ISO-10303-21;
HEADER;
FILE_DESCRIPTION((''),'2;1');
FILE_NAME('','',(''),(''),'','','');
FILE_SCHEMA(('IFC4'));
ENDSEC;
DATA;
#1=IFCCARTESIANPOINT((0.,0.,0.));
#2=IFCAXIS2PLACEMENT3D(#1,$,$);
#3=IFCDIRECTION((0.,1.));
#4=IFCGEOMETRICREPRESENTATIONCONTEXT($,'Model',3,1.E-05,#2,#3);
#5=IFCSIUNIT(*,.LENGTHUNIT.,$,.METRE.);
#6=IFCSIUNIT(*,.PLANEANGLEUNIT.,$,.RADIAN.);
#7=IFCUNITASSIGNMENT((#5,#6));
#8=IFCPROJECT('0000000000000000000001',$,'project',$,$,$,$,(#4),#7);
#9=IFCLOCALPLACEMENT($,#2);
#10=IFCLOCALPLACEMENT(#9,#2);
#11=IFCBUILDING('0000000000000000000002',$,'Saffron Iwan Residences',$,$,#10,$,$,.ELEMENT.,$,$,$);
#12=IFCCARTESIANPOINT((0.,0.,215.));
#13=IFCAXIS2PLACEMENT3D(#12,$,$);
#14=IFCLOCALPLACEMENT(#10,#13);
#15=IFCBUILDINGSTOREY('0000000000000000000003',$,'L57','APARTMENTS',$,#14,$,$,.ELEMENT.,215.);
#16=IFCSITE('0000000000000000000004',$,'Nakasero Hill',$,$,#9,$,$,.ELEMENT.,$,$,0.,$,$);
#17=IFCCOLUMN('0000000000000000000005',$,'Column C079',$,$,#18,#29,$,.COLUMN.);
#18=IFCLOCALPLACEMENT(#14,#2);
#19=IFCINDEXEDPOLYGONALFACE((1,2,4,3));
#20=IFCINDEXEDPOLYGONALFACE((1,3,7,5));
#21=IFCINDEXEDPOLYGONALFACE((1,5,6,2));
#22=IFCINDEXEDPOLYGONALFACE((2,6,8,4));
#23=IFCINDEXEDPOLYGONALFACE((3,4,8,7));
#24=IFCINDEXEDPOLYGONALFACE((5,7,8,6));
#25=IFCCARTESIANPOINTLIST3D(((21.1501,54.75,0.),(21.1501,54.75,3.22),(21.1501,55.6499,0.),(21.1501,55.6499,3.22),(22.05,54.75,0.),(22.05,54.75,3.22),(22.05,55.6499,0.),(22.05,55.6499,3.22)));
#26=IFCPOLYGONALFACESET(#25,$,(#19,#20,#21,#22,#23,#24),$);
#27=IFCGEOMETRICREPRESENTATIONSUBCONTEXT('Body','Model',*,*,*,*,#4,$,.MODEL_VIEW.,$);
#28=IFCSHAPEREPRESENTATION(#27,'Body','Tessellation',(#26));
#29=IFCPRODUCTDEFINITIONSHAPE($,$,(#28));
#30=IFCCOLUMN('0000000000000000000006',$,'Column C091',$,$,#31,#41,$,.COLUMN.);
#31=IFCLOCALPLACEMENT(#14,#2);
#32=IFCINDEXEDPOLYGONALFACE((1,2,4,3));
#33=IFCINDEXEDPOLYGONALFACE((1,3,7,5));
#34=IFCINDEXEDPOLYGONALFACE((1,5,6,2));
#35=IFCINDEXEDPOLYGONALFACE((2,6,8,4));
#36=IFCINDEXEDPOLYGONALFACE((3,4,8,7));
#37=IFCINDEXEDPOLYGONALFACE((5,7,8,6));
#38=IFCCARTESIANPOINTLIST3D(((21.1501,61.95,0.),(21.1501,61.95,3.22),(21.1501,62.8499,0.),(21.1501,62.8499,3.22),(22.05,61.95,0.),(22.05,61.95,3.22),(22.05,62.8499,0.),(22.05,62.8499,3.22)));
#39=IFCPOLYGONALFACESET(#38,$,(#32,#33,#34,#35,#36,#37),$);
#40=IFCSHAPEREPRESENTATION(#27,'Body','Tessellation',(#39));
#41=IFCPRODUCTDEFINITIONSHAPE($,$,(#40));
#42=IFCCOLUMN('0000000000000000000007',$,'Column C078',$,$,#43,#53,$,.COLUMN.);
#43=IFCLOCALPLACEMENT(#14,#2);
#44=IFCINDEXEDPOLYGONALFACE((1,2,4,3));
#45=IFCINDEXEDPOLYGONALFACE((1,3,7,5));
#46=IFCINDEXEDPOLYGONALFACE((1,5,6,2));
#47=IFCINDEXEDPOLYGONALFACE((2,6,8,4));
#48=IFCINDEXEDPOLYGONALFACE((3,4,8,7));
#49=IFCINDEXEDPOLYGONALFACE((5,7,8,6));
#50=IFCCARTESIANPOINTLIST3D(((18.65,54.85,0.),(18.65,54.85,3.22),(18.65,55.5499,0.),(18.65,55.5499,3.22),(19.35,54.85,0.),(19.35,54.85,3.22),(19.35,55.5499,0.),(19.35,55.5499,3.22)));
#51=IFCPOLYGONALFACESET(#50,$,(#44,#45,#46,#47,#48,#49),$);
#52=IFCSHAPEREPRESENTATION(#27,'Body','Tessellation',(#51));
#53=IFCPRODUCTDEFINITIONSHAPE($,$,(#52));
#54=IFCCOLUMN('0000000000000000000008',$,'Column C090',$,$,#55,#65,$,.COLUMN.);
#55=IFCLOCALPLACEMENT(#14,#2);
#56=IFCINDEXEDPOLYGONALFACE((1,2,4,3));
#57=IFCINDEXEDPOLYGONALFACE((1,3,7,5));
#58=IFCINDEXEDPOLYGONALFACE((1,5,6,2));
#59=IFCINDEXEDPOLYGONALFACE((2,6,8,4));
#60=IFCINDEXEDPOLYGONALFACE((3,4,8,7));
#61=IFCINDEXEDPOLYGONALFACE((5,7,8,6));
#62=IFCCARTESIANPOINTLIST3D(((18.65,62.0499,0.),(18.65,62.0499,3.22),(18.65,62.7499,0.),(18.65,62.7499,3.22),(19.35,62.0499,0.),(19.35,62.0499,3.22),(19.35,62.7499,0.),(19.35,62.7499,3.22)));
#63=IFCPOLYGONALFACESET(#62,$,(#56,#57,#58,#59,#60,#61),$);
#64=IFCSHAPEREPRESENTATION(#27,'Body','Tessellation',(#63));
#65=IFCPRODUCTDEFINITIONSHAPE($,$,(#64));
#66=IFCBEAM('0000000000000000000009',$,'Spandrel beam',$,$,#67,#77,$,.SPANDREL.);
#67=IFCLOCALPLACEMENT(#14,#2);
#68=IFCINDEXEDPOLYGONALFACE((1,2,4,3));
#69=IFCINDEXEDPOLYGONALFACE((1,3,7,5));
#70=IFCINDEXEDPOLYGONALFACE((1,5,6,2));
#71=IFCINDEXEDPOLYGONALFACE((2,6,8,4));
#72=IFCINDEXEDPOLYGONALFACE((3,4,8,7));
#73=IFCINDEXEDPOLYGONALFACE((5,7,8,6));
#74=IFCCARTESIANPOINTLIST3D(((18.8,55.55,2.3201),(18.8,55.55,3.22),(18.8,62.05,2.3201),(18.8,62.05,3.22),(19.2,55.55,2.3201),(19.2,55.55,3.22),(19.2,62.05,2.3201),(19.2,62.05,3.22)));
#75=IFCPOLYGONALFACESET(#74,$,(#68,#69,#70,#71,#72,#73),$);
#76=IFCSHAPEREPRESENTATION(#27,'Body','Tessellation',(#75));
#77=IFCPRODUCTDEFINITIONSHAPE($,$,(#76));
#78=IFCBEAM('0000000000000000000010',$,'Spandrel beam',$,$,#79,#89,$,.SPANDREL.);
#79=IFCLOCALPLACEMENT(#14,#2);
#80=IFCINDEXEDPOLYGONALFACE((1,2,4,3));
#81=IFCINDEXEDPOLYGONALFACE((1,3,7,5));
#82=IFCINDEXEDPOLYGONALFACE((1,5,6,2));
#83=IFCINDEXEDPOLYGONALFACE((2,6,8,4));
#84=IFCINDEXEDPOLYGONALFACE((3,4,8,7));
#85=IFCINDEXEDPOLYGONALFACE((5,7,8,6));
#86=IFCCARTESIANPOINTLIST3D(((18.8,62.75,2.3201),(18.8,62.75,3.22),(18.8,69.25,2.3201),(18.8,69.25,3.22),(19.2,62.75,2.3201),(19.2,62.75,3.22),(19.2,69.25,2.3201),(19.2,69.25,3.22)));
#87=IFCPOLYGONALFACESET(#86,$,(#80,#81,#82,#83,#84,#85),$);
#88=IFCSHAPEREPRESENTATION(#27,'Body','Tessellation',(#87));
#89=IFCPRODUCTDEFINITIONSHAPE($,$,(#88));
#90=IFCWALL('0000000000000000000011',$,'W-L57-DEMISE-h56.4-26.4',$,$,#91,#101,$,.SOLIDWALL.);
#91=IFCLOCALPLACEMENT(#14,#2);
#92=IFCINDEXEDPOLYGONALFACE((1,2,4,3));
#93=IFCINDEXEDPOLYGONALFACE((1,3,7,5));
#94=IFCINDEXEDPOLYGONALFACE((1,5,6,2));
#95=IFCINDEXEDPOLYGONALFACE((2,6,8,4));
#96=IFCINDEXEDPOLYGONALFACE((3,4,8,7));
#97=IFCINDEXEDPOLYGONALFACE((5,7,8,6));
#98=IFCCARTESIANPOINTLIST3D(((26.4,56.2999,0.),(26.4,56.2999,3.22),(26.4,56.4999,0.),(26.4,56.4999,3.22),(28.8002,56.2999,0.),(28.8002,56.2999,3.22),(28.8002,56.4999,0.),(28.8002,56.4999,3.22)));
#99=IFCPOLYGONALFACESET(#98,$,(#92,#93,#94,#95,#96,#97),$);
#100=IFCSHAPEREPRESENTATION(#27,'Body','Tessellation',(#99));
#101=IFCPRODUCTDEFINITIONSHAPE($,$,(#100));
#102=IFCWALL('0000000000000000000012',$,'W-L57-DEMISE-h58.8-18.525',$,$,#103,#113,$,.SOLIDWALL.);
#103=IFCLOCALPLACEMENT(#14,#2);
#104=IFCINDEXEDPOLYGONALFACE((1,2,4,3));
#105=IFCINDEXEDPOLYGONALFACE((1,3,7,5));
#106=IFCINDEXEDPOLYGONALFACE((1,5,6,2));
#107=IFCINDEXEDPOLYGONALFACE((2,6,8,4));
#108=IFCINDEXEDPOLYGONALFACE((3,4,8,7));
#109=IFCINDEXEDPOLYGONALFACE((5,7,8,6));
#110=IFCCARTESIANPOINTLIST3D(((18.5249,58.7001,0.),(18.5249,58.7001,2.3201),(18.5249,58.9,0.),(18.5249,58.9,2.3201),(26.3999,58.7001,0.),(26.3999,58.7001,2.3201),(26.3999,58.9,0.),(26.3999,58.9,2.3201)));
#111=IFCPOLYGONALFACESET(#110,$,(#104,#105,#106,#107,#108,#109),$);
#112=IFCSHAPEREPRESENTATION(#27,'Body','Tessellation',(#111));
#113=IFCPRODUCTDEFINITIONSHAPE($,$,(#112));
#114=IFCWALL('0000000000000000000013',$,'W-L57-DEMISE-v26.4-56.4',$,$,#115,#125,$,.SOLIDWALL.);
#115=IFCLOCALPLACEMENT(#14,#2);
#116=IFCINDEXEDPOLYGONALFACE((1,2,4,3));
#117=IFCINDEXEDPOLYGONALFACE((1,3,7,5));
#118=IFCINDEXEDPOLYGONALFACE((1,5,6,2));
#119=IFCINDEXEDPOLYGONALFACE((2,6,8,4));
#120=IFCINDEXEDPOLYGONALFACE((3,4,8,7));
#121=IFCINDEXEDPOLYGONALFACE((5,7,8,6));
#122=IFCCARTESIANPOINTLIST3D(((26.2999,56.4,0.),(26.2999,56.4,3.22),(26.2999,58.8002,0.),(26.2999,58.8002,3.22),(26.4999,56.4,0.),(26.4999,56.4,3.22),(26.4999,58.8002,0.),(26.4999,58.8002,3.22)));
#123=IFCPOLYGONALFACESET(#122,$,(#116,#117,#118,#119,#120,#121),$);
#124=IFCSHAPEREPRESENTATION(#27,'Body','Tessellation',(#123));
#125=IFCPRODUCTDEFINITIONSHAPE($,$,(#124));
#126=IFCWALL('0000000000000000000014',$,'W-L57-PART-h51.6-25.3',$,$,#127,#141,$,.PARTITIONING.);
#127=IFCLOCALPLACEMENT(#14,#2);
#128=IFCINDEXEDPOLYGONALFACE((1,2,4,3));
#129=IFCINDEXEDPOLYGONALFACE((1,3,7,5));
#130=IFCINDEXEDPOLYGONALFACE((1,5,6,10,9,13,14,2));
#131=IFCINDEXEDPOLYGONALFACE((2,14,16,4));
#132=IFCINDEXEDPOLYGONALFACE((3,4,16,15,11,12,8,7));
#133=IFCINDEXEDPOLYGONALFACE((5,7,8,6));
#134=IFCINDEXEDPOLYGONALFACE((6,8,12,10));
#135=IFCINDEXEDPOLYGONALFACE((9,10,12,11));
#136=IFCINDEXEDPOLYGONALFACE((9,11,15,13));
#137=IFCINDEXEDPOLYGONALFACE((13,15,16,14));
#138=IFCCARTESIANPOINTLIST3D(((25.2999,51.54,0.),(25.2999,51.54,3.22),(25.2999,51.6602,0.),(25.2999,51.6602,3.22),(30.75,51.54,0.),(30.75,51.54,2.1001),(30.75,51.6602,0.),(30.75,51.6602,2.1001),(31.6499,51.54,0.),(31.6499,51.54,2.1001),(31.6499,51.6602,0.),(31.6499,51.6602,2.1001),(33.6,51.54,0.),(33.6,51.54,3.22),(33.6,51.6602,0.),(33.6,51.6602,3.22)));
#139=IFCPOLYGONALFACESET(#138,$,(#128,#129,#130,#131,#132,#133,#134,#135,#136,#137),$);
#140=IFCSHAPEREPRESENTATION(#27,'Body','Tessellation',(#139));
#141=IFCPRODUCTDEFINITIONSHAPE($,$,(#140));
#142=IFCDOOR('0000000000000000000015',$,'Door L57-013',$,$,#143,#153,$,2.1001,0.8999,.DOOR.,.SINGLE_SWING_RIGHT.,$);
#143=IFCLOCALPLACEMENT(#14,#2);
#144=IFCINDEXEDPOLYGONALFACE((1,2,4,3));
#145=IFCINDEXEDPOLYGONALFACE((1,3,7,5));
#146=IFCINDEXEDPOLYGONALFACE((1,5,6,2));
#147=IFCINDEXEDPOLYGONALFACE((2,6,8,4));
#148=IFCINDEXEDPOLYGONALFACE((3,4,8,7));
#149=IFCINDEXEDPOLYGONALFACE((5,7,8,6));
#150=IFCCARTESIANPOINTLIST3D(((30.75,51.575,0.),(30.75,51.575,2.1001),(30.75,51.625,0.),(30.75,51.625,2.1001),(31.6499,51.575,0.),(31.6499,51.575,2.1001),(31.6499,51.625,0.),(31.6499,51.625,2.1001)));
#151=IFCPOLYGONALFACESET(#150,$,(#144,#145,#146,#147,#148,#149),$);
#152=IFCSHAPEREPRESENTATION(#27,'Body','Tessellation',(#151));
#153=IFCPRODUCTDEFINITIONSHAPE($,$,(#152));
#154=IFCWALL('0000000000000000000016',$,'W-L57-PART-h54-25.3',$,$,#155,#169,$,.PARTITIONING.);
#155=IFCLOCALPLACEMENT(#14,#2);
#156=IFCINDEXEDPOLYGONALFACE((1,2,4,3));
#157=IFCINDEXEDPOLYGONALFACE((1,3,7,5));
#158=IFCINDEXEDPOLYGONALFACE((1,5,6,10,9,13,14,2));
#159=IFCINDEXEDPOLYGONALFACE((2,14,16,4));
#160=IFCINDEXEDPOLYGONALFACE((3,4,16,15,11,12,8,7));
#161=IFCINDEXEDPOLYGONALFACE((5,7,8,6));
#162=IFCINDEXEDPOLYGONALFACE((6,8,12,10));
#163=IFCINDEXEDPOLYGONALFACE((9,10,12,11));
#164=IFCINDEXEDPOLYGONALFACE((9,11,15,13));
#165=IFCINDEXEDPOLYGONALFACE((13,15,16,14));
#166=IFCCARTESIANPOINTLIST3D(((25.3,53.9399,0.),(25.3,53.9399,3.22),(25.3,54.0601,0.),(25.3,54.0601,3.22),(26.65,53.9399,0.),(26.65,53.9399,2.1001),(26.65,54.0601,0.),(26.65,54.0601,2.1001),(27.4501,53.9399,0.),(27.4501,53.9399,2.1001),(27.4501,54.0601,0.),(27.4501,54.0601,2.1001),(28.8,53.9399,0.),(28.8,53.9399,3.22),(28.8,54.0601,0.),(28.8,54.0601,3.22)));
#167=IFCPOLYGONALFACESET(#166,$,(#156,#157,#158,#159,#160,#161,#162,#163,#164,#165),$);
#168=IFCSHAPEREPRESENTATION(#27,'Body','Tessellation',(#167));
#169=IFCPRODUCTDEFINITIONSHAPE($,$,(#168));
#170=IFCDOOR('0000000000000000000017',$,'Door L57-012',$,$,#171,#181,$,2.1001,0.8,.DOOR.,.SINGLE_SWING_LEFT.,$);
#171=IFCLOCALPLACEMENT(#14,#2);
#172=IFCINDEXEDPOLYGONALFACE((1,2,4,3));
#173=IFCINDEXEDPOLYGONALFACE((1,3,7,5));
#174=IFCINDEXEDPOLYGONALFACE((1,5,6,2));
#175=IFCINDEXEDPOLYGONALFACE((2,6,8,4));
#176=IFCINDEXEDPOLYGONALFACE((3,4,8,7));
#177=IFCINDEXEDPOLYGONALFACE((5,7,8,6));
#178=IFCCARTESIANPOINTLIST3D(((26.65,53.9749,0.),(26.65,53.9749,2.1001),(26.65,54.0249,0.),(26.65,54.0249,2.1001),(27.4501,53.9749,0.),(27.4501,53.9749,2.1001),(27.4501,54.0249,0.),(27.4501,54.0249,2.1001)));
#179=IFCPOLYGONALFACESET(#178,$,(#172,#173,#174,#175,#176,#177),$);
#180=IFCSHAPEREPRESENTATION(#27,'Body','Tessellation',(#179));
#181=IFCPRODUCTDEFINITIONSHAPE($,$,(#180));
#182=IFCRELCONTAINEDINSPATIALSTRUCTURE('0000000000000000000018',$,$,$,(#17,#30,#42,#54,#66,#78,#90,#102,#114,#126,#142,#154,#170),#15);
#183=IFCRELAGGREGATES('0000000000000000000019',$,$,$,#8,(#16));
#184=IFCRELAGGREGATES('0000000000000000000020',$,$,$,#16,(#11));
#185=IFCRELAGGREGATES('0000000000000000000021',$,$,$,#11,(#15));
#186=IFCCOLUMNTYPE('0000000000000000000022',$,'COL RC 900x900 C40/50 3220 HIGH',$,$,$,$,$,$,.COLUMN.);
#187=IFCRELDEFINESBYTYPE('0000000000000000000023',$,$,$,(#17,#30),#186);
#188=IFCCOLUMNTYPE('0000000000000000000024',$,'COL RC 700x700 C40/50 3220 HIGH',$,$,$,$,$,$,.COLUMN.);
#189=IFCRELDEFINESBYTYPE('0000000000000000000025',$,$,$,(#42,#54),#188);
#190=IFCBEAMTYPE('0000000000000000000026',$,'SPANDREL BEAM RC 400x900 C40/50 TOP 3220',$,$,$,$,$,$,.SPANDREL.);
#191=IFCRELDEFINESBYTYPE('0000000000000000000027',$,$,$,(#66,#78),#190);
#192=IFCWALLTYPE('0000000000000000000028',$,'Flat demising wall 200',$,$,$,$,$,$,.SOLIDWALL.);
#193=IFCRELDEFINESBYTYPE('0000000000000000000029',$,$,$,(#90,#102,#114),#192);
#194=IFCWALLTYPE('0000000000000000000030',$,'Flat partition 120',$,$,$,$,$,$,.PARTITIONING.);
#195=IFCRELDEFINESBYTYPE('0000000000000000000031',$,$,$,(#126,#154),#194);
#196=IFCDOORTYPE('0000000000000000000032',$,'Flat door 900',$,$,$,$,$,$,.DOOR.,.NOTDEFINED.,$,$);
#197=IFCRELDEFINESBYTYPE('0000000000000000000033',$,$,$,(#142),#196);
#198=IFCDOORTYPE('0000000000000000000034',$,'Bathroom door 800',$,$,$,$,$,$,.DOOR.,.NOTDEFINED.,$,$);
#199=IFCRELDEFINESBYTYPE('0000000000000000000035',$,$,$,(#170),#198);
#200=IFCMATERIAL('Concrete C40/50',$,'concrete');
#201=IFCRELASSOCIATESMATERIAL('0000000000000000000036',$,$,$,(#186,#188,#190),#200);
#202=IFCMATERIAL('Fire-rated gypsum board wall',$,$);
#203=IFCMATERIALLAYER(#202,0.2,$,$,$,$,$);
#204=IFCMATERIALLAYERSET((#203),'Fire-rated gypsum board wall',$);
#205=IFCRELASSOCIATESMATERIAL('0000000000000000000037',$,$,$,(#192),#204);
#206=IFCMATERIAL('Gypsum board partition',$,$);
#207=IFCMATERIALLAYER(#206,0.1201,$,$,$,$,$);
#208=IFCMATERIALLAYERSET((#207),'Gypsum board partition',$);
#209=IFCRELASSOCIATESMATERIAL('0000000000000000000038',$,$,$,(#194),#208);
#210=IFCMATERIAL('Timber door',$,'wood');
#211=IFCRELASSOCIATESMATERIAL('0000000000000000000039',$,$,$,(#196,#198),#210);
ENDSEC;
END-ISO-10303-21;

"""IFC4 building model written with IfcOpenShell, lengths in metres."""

from ifc_helpers import new_model, si_unit, direction, frame, frame_2d, origin, origin_2d, place, context, subcontext, project, spatial, rectangle, extrude, source, transform, mapped, material, layer, layer_set, material_profile, profile_set, type_object, element, fill, save


model = new_model("IFC4")

# Units and contexts
model_context = context("Model", 3, precision=1e-05, world=origin(), true_north=direction((0.0, 1.0)))
body_context = subcontext(model_context, "Body", "Model", "MODEL_VIEW")
ifc_project = project(units=[si_unit("LENGTHUNIT", "METRE"), si_unit("PLANEANGLEUNIT", "RADIAN")], contexts=[model_context])

# Site, building, storey
site_placement = place(None, origin())
site = spatial("IfcSite", under=ifc_project, at=site_placement, Name="Nakasero Hill", CompositionType="ELEMENT", RefElevation=0.0)
building_placement = place(site_placement, origin())
building = spatial("IfcBuilding", under=site, at=building_placement, Name="Saffron Iwan Residences", CompositionType="ELEMENT")
storey_placement = place(building_placement, frame((0.0, 0.0, 215.0)))
storey = spatial("IfcBuildingStorey", under=building, at=storey_placement, Name="L57", Description="APARTMENTS", CompositionType="ELEMENT", Elevation=215.0)

# Columns
ifc_material_1 = material(Name="Concrete C40/50", Category="concrete")
ifc_material_profile_1 = material_profile(ifc_material_1, rectangle(XDim=0.8999, YDim=0.8999, at=origin_2d()), Name="RC 900x900")
ifc_profile_set_1 = profile_set([ifc_material_profile_1], Name="Concrete C40/50")
column_type_1 = type_object("IfcColumnType", Name="COL RC 900x900 C40/50 3220 HIGH", PredefinedType="COLUMN", material=ifc_profile_set_1)
shared_shape_1 = source(origin(), body_context, "Body", "SweptSolid", [
    extrude(rectangle(XDim=0.8999, YDim=0.8999, at=origin_2d()), origin(), (0.0, 0.0, 1.0), 3.22),
])
for number, where, z_axis, x_axis, name in (
    (1, (21.6001, 55.2, 0.0), (0.0, 0.0, 1.0), (1.0, 0.0, 0.0), "Column C079"),
    (2, (21.6001, 62.3999, 0.0), (0.0, 0.0, 1.0), (1.0, 0.0, 0.0), "Column C091"),
):
    element("IfcColumn", number, at=place(storey_placement, frame(where, z_axis=z_axis, x_axis=x_axis)), inside=storey, type_object=column_type_1, Name=name, PredefinedType="COLUMN", context=body_context, shape_type="MappedRepresentation", body=[
        mapped(shared_shape_1, transform((0.0, 0.0, 0.0))),
    ])
ifc_material_profile_2 = material_profile(ifc_material_1, rectangle(XDim=0.7, YDim=0.7, at=origin_2d()), Name="RC 700x700")
ifc_profile_set_2 = profile_set([ifc_material_profile_2], Name="Concrete C40/50")
column_type_2 = type_object("IfcColumnType", Name="COL RC 700x700 C40/50 3220 HIGH", PredefinedType="COLUMN", material=ifc_profile_set_2)
shared_shape_2 = source(origin(), body_context, "Body", "SweptSolid", [
    extrude(rectangle(XDim=0.7, YDim=0.7, at=origin_2d()), origin(), (0.0, 0.0, 1.0), 3.22),
])
for number, where, z_axis, x_axis, name in (
    (3, (19.0, 55.2, 0.0), (0.0, 0.0, 1.0), (1.0, 0.0, 0.0), "Column C078"),
    (4, (19.0, 62.3999, 0.0), (0.0, 0.0, 1.0), (1.0, 0.0, 0.0), "Column C090"),
):
    element("IfcColumn", number, at=place(storey_placement, frame(where, z_axis=z_axis, x_axis=x_axis)), inside=storey, type_object=column_type_2, Name=name, PredefinedType="COLUMN", context=body_context, shape_type="MappedRepresentation", body=[
        mapped(shared_shape_2, transform((0.0, 0.0, 0.0))),
    ])

# Beams
ifc_material_profile_3 = material_profile(ifc_material_1, rectangle(XDim=0.3999, YDim=0.8999, at=origin_2d()), Name="RC 400x900")
ifc_profile_set_3 = profile_set([ifc_material_profile_3], Name="Concrete C40/50")
beam_type = type_object("IfcBeamType", Name="SPANDREL BEAM RC 400x900 C40/50 TOP 3220", PredefinedType="SPANDREL", material=ifc_profile_set_3)
shared_shape_3 = source(origin(), body_context, "Body", "SweptSolid", [
    extrude(rectangle(XDim=0.3999, YDim=0.8999, at=origin_2d()), origin(), (0.0, 0.0, 1.0), 6.5),
])
for number, where, z_axis, x_axis, name in (
    (5, (19.0, 55.55, 2.77), (0.0, 1.0, 0.0), (-1.0, 0.0, 0.0), "Spandrel beam"),
    (6, (19.0, 62.75, 2.77), (0.0, 1.0, 0.0), (-1.0, 0.0, 0.0), "Spandrel beam"),
):
    element("IfcBeam", number, at=place(storey_placement, frame(where, z_axis=z_axis, x_axis=x_axis)), inside=storey, type_object=beam_type, Name=name, PredefinedType="SPANDREL", context=body_context, shape_type="MappedRepresentation", body=[
        mapped(shared_shape_3, transform((0.0, 0.0, 0.0))),
    ])

# Walls
ifc_material_2 = material(Name="Fire-rated gypsum board wall")
ifc_layer_1 = layer(ifc_material_2, 0.2)
ifc_layer_set_1 = layer_set([ifc_layer_1], Name="Fire-rated gypsum board wall")
wall_type_1 = type_object("IfcWallType", Name="Flat demising wall 200", PredefinedType="SOLIDWALL", material=ifc_layer_set_1)
wall_1_placement = place(storey_placement, frame((26.3999, 56.3999, 0.0), z_axis=(0.0, 0.0, 1.0), x_axis=(1.0, 0.0, 0.0)))
element("IfcWall", 7, at=wall_1_placement, inside=storey, type_object=wall_type_1, Name="W-L57-DEMISE-h56.4-26.4", PredefinedType="SOLIDWALL", context=body_context, shape_type="SweptSolid", body=[
    extrude(rectangle(XDim=2.4001, YDim=0.2, at=frame_2d((1.2002, 0.0))), origin(), (0.0, 0.0, 1.0), 3.22),
])
wall_2_placement = place(storey_placement, frame((18.5249, 58.8, 0.0), z_axis=(0.0, 0.0, 1.0), x_axis=(1.0, 0.0, 0.0)))
element("IfcWall", 8, at=wall_2_placement, inside=storey, type_object=wall_type_1, Name="W-L57-DEMISE-h58.8-18.525", PredefinedType="SOLIDWALL", context=body_context, shape_type="SweptSolid", body=[
    extrude(rectangle(XDim=7.875, YDim=0.2, at=frame_2d((3.9375, 0.0))), origin(), (0.0, 0.0, 1.0), 2.3201),
])
wall_3_placement = place(storey_placement, frame((26.3999, 56.3999, 0.0), z_axis=(0.0, 0.0, 1.0), x_axis=(0.0, 1.0, 0.0)))
element("IfcWall", 9, at=wall_3_placement, inside=storey, type_object=wall_type_1, Name="W-L57-DEMISE-v26.4-56.4", PredefinedType="SOLIDWALL", context=body_context, shape_type="SweptSolid", body=[
    extrude(rectangle(XDim=2.4001, YDim=0.2, at=frame_2d((1.2002, 0.0))), origin(), (0.0, 0.0, 1.0), 3.22),
])

# Walls, openings, doors
ifc_material_3 = material(Name="Gypsum board partition")
ifc_layer_2 = layer(ifc_material_3, 0.1201)
ifc_layer_set_2 = layer_set([ifc_layer_2], Name="Gypsum board partition")
wall_type_2 = type_object("IfcWallType", Name="Flat partition 120", PredefinedType="PARTITIONING", material=ifc_layer_set_2)
wall_4_placement = place(storey_placement, frame((25.3, 51.6001, 0.0), z_axis=(0.0, 0.0, 1.0), x_axis=(1.0, 0.0, 0.0)))
wall_4 = element("IfcWall", 10, at=wall_4_placement, inside=storey, type_object=wall_type_2, Name="W-L57-PART-h51.6-25.3", PredefinedType="PARTITIONING", context=body_context, shape_type="SweptSolid", body=[
    extrude(rectangle(XDim=8.3, YDim=0.1201, at=frame_2d((4.1499, 0.0))), origin(), (0.0, 0.0, 1.0), 3.22),
])
opening_1_placement = place(wall_4_placement, frame((5.45, 0.0, 0.0)))
opening_1 = element("IfcOpeningElement", 11, at=opening_1_placement, cuts=wall_4, PredefinedType="OPENING", context=body_context, shape_type="SweptSolid", body=[
    extrude(rectangle(XDim=0.8999, YDim=2.1001, at=frame_2d((0.45, 1.05))), frame((0.0, 0.0701, 0.0), z_axis=(0.0, -1.0, 0.0), x_axis=(1.0, 0.0, 0.0)), (0.0, 0.0, 1.0), 0.1401),
])
ifc_material_4 = material(Name="Timber door", Category="wood")
door_type_1 = type_object("IfcDoorType", Name="Flat door 900", OperationType="NOTDEFINED", PredefinedType="DOOR", material=ifc_material_4)
door_1_placement = place(opening_1_placement, origin())
door_1 = element("IfcDoor", 12, at=door_1_placement, inside=storey, type_object=door_type_1, Name="Door L57-013", OperationType="SINGLE_SWING_RIGHT", OverallHeight=2.1001, OverallWidth=0.8999, PredefinedType="DOOR", context=body_context, shape_type="SweptSolid", body=[
    extrude(rectangle(XDim=0.8999, YDim=2.1001, at=frame_2d((0.45, 1.05))), frame((0.0, 0.0249, 0.0), z_axis=(0.0, -1.0, 0.0), x_axis=(1.0, 0.0, 0.0)), (0.0, 0.0, 1.0), 0.05),
])
fill(opening_1, door_1)
wall_5_placement = place(storey_placement, frame((25.3, 54.0, 0.0), z_axis=(0.0, 0.0, 1.0), x_axis=(1.0, 0.0, 0.0)))
wall_5 = element("IfcWall", 13, at=wall_5_placement, inside=storey, type_object=wall_type_2, Name="W-L57-PART-h54-25.3", PredefinedType="PARTITIONING", context=body_context, shape_type="SweptSolid", body=[
    extrude(rectangle(XDim=3.5, YDim=0.1201, at=frame_2d((1.75, 0.0))), origin(), (0.0, 0.0, 1.0), 3.22),
])
opening_2_placement = place(wall_5_placement, frame((1.3501, 0.0, 0.0)))
opening_2 = element("IfcOpeningElement", 14, at=opening_2_placement, cuts=wall_5, PredefinedType="OPENING", context=body_context, shape_type="SweptSolid", body=[
    extrude(rectangle(XDim=0.8, YDim=2.1001, at=frame_2d((0.3999, 1.05))), frame((0.0, 0.0701, 0.0), z_axis=(0.0, -1.0, 0.0), x_axis=(1.0, 0.0, 0.0)), (0.0, 0.0, 1.0), 0.1401),
])
door_type_2 = type_object("IfcDoorType", Name="Bathroom door 800", OperationType="NOTDEFINED", PredefinedType="DOOR", material=ifc_material_4)
door_2_placement = place(opening_2_placement, origin())
door_2 = element("IfcDoor", 15, at=door_2_placement, inside=storey, type_object=door_type_2, Name="Door L57-012", OperationType="SINGLE_SWING_LEFT", OverallHeight=2.1001, OverallWidth=0.8, PredefinedType="DOOR", context=body_context, shape_type="SweptSolid", body=[
    extrude(rectangle(XDim=0.8, YDim=2.1001, at=frame_2d((0.3999, 1.05))), frame((0.0, 0.0249, 0.0), z_axis=(0.0, -1.0, 0.0), x_axis=(1.0, 0.0, 0.0)), (0.0, 0.0, 1.0), 0.05),
])
fill(opening_2, door_2)

save(model, "model.ifc")
